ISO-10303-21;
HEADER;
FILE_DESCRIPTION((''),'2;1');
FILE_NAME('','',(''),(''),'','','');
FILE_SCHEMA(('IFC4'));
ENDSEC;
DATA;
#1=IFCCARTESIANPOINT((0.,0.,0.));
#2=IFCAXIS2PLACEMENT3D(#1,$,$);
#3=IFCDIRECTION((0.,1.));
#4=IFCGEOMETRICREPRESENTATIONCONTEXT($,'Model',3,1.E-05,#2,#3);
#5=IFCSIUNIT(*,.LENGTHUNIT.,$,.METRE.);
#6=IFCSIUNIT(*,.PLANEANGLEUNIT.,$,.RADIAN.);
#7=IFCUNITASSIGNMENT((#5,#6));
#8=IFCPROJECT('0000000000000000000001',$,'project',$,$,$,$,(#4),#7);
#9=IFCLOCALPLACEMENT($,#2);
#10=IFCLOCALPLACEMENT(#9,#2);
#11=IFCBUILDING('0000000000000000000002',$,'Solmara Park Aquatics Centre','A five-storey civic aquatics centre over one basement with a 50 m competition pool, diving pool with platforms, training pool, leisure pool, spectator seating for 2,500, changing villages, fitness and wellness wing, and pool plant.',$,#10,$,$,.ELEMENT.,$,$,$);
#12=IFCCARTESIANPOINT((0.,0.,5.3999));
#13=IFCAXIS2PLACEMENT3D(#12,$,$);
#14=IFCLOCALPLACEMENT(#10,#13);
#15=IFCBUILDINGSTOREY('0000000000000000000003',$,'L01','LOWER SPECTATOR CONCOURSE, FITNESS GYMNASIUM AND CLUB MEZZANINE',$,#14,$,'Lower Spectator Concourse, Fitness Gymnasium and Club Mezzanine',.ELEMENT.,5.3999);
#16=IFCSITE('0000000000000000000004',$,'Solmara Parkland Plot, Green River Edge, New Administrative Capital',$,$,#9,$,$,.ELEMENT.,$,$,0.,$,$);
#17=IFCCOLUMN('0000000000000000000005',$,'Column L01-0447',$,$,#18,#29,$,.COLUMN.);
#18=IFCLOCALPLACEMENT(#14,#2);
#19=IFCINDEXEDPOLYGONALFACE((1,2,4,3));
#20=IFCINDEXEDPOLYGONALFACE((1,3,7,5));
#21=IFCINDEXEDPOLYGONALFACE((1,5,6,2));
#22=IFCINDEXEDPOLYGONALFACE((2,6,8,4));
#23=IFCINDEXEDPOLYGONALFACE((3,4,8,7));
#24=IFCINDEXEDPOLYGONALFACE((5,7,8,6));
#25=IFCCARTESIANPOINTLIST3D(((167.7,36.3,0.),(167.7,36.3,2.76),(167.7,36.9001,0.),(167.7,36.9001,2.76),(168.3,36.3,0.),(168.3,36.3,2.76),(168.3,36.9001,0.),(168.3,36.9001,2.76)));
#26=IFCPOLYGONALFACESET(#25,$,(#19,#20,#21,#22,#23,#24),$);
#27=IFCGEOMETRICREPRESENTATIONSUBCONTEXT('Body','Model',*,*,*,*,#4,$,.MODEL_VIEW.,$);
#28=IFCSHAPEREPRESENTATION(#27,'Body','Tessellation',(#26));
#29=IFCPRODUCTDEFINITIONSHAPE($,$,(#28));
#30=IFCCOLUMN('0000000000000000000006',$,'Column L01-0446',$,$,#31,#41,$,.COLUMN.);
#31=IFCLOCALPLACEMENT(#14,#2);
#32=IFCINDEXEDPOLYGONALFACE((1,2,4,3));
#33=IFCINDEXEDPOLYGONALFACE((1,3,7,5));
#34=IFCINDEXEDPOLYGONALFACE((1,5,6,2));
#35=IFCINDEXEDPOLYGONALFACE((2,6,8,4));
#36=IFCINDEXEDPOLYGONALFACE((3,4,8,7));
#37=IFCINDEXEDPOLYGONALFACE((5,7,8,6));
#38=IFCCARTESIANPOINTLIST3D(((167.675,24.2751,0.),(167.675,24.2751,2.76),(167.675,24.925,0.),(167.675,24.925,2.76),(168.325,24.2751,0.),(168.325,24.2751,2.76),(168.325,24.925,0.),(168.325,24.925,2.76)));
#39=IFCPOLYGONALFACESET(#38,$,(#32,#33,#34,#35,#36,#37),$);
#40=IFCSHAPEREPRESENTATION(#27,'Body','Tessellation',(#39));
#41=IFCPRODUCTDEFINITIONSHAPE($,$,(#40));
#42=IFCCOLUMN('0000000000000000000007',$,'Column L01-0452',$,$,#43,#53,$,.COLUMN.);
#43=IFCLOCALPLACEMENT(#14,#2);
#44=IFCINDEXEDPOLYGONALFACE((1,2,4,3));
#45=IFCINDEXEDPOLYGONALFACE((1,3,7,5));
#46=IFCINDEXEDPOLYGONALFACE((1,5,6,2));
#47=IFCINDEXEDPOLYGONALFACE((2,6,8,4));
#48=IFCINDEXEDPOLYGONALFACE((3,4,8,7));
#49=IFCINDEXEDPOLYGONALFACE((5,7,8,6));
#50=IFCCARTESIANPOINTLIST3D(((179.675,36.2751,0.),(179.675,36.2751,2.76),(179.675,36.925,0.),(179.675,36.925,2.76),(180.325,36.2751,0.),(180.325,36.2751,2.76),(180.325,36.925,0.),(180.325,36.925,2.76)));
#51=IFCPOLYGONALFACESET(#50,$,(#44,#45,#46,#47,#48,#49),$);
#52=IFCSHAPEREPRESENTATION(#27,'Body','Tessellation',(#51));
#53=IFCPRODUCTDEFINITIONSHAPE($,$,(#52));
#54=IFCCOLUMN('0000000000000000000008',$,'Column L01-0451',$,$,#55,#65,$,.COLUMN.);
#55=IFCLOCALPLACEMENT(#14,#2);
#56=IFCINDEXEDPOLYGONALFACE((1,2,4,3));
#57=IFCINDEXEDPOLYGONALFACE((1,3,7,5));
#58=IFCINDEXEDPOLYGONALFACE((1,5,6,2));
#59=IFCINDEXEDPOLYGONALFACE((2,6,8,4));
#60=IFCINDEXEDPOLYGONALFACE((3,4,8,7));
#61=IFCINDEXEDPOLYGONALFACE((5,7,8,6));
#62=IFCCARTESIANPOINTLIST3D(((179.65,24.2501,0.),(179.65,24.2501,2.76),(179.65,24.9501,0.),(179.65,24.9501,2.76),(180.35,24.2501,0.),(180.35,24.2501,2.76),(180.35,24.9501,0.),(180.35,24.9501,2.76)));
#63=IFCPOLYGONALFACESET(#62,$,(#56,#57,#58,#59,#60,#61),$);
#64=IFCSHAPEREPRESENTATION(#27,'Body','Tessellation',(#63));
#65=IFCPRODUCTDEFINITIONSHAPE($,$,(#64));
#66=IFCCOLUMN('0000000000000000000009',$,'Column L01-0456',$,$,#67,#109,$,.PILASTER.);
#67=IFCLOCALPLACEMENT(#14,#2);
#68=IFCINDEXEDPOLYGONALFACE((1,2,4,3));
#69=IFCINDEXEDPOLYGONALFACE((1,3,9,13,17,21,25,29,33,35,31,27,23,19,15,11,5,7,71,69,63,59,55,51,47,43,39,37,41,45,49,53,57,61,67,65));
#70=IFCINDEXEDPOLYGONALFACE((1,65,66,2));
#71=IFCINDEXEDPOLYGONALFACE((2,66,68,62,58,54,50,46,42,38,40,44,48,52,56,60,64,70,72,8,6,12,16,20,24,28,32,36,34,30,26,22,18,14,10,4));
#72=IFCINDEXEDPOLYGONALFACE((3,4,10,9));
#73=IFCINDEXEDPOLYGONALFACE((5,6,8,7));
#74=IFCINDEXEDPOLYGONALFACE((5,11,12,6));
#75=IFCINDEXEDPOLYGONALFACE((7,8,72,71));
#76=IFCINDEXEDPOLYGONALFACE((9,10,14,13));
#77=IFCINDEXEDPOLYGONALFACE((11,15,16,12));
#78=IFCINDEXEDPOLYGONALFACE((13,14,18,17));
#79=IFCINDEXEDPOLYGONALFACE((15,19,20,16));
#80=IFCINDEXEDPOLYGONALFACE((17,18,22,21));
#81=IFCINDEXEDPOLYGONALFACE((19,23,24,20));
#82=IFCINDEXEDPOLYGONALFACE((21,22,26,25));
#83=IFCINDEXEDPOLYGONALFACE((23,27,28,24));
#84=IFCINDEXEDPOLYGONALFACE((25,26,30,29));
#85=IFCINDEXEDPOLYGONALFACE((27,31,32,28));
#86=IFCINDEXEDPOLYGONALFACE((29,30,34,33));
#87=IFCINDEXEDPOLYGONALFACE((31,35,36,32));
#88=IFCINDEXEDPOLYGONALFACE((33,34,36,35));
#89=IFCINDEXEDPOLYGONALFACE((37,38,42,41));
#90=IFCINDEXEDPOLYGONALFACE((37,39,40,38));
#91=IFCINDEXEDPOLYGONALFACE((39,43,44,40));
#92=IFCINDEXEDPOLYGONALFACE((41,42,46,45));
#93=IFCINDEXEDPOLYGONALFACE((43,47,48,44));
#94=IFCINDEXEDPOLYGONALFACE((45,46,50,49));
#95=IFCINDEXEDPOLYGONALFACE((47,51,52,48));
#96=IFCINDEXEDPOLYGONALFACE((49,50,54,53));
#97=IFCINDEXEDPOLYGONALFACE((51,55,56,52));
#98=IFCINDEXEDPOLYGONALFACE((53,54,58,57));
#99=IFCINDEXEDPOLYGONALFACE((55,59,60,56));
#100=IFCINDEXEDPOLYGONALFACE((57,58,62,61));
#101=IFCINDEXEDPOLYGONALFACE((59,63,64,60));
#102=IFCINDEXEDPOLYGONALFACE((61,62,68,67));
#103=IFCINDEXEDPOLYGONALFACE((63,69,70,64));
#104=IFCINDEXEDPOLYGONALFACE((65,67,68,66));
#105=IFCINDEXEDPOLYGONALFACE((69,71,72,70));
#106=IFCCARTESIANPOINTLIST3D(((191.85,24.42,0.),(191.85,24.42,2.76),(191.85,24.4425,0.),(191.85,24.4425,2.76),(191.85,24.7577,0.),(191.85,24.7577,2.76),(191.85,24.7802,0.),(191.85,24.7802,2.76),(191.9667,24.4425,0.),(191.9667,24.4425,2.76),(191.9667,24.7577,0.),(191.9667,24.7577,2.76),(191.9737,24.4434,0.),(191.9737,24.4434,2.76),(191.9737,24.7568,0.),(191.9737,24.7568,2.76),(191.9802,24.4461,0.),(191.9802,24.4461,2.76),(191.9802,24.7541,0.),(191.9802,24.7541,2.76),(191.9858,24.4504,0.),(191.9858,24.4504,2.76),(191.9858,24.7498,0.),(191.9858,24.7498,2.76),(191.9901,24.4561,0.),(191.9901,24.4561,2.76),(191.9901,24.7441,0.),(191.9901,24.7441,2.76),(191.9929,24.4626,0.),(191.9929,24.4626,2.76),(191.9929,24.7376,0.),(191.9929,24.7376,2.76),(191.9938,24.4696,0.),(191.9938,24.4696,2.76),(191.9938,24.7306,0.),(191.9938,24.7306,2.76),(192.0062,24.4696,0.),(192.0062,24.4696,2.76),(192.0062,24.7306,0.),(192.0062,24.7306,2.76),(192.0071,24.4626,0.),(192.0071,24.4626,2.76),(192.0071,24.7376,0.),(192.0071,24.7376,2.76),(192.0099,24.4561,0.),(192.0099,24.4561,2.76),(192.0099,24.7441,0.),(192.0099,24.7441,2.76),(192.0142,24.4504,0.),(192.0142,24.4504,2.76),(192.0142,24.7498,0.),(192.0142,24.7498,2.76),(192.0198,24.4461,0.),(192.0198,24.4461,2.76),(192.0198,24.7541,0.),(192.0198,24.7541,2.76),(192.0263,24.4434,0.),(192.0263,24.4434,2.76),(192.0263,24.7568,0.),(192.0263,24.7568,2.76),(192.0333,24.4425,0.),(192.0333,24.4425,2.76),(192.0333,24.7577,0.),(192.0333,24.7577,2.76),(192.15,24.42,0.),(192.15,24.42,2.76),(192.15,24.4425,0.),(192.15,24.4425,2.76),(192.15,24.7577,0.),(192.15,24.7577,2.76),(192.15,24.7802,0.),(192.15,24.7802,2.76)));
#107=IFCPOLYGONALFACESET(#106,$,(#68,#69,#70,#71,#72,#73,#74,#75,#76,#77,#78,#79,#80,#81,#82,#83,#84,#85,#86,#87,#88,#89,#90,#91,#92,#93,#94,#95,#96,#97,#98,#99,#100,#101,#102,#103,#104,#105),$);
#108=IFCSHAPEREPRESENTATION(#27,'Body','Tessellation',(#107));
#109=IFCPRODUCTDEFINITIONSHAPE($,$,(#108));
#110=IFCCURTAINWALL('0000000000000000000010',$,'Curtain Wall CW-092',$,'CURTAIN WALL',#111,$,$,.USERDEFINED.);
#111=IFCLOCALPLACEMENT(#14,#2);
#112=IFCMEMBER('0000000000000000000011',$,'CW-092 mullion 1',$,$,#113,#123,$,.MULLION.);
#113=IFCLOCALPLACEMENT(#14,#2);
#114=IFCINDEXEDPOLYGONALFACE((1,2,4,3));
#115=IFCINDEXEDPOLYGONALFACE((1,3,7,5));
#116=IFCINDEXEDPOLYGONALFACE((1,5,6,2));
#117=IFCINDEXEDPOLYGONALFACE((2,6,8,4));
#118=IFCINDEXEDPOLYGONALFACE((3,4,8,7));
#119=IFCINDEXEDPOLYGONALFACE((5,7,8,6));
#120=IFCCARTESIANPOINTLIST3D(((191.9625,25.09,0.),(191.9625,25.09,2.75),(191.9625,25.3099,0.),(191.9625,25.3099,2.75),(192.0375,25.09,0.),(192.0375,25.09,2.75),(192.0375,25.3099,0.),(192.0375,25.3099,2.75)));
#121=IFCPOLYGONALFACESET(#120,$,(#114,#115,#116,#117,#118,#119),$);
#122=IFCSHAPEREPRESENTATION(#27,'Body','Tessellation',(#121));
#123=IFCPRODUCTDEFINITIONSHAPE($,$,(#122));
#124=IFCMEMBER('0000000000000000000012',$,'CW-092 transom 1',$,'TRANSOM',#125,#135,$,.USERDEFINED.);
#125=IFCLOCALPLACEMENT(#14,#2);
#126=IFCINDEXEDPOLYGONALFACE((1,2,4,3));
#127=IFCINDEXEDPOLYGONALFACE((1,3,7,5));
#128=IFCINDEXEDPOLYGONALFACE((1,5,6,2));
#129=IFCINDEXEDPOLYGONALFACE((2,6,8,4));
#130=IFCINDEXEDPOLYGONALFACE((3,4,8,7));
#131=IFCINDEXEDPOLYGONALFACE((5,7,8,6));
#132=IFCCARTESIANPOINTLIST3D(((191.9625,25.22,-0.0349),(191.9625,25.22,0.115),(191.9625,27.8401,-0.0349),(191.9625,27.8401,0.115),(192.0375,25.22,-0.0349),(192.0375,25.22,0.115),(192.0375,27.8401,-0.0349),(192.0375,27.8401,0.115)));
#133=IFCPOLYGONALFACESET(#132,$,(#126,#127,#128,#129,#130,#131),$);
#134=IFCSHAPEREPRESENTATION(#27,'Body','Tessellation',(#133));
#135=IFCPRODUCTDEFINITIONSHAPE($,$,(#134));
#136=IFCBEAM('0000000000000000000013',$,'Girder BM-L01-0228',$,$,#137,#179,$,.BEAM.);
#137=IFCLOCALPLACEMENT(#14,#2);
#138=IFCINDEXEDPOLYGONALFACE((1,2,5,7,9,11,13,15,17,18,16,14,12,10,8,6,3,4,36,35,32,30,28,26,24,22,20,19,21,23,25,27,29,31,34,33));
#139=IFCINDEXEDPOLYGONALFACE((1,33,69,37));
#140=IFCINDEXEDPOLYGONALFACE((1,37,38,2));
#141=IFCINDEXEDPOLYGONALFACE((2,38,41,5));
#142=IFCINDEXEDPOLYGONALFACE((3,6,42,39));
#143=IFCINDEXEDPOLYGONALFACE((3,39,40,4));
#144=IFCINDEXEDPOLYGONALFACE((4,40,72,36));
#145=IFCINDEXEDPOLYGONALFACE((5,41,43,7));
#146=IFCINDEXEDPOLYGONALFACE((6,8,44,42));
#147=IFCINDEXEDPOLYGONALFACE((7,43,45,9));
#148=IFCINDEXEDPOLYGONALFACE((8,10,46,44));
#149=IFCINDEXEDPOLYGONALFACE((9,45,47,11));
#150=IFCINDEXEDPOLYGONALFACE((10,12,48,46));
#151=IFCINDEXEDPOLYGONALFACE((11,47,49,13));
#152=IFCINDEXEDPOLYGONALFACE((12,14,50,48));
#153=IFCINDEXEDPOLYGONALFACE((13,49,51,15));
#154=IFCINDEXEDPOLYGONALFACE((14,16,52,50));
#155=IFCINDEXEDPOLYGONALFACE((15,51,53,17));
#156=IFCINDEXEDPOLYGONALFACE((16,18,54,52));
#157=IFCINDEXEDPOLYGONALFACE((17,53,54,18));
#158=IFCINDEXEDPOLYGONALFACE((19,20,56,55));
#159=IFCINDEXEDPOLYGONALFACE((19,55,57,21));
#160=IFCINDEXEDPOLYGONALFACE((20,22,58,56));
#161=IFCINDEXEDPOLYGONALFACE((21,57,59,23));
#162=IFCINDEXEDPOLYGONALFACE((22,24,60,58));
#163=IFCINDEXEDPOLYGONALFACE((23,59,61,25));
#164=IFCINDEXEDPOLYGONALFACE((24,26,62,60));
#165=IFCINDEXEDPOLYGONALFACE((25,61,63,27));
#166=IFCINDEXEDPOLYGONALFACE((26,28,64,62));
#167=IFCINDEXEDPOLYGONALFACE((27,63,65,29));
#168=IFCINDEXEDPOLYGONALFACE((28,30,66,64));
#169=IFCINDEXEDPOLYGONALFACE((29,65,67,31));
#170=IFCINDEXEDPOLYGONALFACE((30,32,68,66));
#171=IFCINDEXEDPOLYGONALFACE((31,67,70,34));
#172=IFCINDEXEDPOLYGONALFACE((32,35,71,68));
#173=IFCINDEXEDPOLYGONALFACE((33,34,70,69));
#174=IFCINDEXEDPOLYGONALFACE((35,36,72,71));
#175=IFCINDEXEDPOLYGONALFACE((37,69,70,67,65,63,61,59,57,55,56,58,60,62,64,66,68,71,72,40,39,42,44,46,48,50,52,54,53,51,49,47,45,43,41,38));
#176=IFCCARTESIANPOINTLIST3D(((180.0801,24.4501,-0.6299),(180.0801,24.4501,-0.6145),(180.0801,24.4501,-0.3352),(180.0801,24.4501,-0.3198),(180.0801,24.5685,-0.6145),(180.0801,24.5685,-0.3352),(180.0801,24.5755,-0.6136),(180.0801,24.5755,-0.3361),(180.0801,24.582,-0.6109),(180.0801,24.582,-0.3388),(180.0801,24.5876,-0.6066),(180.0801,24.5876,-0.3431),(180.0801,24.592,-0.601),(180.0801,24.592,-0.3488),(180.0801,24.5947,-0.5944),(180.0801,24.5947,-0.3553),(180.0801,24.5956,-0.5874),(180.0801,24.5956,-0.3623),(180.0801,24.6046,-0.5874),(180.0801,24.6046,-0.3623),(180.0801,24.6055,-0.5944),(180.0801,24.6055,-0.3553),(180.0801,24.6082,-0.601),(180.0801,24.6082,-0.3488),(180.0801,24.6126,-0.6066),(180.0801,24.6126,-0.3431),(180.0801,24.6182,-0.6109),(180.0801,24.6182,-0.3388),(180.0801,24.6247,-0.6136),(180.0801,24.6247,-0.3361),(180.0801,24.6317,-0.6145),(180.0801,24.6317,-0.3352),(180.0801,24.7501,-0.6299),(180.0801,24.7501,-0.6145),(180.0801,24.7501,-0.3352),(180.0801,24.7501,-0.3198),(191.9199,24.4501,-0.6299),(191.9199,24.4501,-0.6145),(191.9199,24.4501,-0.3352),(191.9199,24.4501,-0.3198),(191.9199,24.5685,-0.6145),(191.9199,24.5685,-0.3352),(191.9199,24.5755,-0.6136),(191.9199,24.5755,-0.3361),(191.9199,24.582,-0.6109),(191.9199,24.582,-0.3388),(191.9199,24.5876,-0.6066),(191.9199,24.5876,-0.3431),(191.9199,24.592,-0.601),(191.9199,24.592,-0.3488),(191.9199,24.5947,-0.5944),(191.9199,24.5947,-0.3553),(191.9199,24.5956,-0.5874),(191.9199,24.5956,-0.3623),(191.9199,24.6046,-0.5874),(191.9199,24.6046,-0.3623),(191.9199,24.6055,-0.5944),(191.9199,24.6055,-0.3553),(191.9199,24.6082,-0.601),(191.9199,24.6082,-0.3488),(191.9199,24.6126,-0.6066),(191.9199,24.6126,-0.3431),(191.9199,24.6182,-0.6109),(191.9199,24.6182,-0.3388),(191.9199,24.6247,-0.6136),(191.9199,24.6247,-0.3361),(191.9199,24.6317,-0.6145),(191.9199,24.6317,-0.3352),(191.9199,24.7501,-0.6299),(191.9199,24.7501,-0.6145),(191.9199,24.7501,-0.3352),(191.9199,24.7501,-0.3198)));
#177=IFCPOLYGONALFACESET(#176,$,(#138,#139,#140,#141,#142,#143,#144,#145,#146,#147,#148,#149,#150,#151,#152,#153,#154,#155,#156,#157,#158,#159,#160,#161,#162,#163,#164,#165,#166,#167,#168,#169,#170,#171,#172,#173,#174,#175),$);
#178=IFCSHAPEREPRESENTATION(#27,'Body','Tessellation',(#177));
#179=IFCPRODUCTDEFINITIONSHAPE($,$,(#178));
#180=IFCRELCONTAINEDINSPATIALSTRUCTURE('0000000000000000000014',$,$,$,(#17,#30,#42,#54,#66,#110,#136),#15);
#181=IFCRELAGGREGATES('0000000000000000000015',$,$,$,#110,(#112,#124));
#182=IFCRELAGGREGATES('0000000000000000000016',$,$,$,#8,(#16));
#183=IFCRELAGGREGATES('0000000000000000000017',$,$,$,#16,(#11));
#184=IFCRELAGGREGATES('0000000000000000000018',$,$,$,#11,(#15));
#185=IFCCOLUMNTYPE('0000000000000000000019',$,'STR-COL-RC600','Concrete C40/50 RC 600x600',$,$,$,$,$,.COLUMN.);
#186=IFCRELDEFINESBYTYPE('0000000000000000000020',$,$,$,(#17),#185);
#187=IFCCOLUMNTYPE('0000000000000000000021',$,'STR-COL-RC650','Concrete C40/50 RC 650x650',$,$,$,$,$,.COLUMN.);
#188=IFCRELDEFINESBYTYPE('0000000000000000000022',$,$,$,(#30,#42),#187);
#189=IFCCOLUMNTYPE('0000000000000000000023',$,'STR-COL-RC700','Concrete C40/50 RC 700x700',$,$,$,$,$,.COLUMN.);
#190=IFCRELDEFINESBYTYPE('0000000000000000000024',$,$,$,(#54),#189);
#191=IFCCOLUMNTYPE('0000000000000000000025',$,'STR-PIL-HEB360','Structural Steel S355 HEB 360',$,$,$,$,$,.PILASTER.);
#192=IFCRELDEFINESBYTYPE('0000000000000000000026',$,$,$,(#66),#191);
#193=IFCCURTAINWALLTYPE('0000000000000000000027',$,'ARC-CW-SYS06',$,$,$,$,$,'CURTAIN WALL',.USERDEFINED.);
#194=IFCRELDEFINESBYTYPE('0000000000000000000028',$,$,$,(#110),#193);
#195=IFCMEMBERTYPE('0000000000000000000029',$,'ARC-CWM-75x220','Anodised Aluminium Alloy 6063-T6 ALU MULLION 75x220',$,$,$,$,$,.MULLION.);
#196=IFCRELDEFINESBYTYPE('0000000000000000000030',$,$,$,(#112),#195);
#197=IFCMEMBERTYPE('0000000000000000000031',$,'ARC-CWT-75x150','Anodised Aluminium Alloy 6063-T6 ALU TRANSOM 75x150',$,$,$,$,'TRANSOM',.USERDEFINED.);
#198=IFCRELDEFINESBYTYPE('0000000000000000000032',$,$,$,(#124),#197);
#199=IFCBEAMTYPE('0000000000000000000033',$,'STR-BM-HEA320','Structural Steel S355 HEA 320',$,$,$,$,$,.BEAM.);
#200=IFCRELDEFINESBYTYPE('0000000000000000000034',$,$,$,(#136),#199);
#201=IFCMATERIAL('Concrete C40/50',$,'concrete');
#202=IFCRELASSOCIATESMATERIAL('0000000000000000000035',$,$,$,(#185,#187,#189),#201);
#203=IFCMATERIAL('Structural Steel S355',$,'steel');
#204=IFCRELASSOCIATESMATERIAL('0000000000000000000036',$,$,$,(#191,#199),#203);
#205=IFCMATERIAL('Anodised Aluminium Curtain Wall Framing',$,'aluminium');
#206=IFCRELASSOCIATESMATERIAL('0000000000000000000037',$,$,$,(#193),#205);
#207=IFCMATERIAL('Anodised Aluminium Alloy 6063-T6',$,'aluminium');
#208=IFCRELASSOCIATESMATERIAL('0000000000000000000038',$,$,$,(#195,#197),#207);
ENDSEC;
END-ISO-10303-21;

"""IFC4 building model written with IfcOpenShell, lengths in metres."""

from ifc_helpers import new_model, si_unit, direction, frame, origin, origin_2d, place, context, subcontext, project, spatial, rectangle, i_section, extrude, material, material_profile, profile_set, type_object, element, aggregate, save


model = new_model("IFC4")

# Units and contexts
model_context = context("Model", 3, precision=1e-05, world=origin(), true_north=direction((0.0, 1.0)))
body_context = subcontext(model_context, "Body", "Model", "MODEL_VIEW")
ifc_project = project(units=[si_unit("LENGTHUNIT", "METRE"), si_unit("PLANEANGLEUNIT", "RADIAN")], contexts=[model_context])

# Site, building, storey
site_placement = place(None, origin())
site = spatial("IfcSite", under=ifc_project, at=site_placement, Name="Solmara Parkland Plot, Green River Edge, New Administrative Capital", CompositionType="ELEMENT", RefElevation=0.0)
building_placement = place(site_placement, origin())
building = spatial("IfcBuilding", under=site, at=building_placement, Name="Solmara Park Aquatics Centre", Description="A five-storey civic aquatics centre over one basement with a 50 m competition pool, diving pool with platforms, training pool, leisure pool, spectator seating for 2,500, changing villages, fitness and wellness wing, and pool plant.", CompositionType="ELEMENT")
storey_placement = place(building_placement, frame((0.0, 0.0, 5.3999)))
storey = spatial("IfcBuildingStorey", under=building, at=storey_placement, Name="L01", Description="LOWER SPECTATOR CONCOURSE, FITNESS GYMNASIUM AND CLUB MEZZANINE", LongName="Lower Spectator Concourse, Fitness Gymnasium and Club Mezzanine", CompositionType="ELEMENT", Elevation=5.3999)

# Columns
ifc_material_1 = material(Name="Concrete C40/50", Category="concrete")
ifc_material_profile_1 = material_profile(ifc_material_1, rectangle(XDim=0.6001, YDim=0.6001, at=origin_2d()), Name="RC 600x600")
ifc_profile_set_1 = profile_set([ifc_material_profile_1], Name="Concrete C40/50")
column_type_1 = type_object("IfcColumnType", Name="STR-COL-RC600", Description="Concrete C40/50 RC 600x600", PredefinedType="COLUMN", material=ifc_profile_set_1)
column_1_placement = place(storey_placement, frame((168.0, 36.6001, 0.0), z_axis=(0.0, 0.0, 1.0), x_axis=(1.0, 0.0, 0.0)))
element("IfcColumn", 1, at=column_1_placement, inside=storey, type_object=column_type_1, Name="Column L01-0447", PredefinedType="COLUMN", context=body_context, shape_type="SweptSolid", body=[
    extrude(rectangle(XDim=0.6001, YDim=0.6001, at=origin_2d()), origin(), (0.0, 0.0, 1.0), 2.76),
])
ifc_material_profile_2 = material_profile(ifc_material_1, rectangle(XDim=0.6499, YDim=0.6499, at=origin_2d()), Name="RC 650x650")
ifc_profile_set_2 = profile_set([ifc_material_profile_2], Name="Concrete C40/50")
column_type_2 = type_object("IfcColumnType", Name="STR-COL-RC650", Description="Concrete C40/50 RC 650x650", PredefinedType="COLUMN", material=ifc_profile_set_2)
for number, where, z_axis, x_axis, name in (
    (2, (168.0, 24.6001, 0.0), (0.0, 0.0, 1.0), (1.0, 0.0, 0.0), "Column L01-0446"),
    (3, (180.0, 36.6001, 0.0), (0.0, 0.0, 1.0), (1.0, 0.0, 0.0), "Column L01-0452"),
):
    element("IfcColumn", number, at=place(storey_placement, frame(where, z_axis=z_axis, x_axis=x_axis)), inside=storey, type_object=column_type_2, Name=name, PredefinedType="COLUMN", context=body_context, shape_type="SweptSolid", body=[
        extrude(rectangle(XDim=0.6499, YDim=0.6499, at=origin_2d()), origin(), (0.0, 0.0, 1.0), 2.76),
    ])
ifc_material_profile_3 = material_profile(ifc_material_1, rectangle(XDim=0.7, YDim=0.7, at=origin_2d()), Name="RC 700x700")
ifc_profile_set_3 = profile_set([ifc_material_profile_3], Name="Concrete C40/50")
column_type_3 = type_object("IfcColumnType", Name="STR-COL-RC700", Description="Concrete C40/50 RC 700x700", PredefinedType="COLUMN", material=ifc_profile_set_3)
column_2_placement = place(storey_placement, frame((180.0, 24.6001, 0.0), z_axis=(0.0, 0.0, 1.0), x_axis=(1.0, 0.0, 0.0)))
element("IfcColumn", 4, at=column_2_placement, inside=storey, type_object=column_type_3, Name="Column L01-0451", PredefinedType="COLUMN", context=body_context, shape_type="SweptSolid", body=[
    extrude(rectangle(XDim=0.7, YDim=0.7, at=origin_2d()), origin(), (0.0, 0.0, 1.0), 2.76),
])
ifc_material_2 = material(Name="Structural Steel S355", Category="steel")
ifc_material_profile_4 = material_profile(ifc_material_2, i_section(OverallWidth=0.3, OverallDepth=0.3601, WebThickness=0.0125, FlangeThickness=0.0225, FilletRadius=0.0271, at=origin_2d()), Name="HEB 360")
ifc_profile_set_4 = profile_set([ifc_material_profile_4], Name="Structural Steel S355")
column_type_4 = type_object("IfcColumnType", Name="STR-PIL-HEB360", Description="Structural Steel S355 HEB 360", PredefinedType="PILASTER", material=ifc_profile_set_4)
column_3_placement = place(storey_placement, frame((192.0, 24.6001, 0.0), z_axis=(0.0, 0.0, 1.0), x_axis=(1.0, 0.0, 0.0)))
element("IfcColumn", 5, at=column_3_placement, inside=storey, type_object=column_type_4, Name="Column L01-0456", PredefinedType="PILASTER", context=body_context, shape_type="SweptSolid", body=[
    extrude(i_section(OverallWidth=0.3, OverallDepth=0.3601, WebThickness=0.0125, FlangeThickness=0.0225, FilletRadius=0.0271, at=origin_2d()), origin(), (0.0, 0.0, 1.0), 2.76),
])

# Curtain wall, members
ifc_material_3 = material(Name="Anodised Aluminium Curtain Wall Framing", Category="aluminium")
curtain_wall_type_1 = type_object("IfcCurtainWallType", Name="ARC-CW-SYS06", ElementType="CURTAIN WALL", PredefinedType="USERDEFINED", material=ifc_material_3)
curtain_wall_1_placement = place(storey_placement, origin())
curtain_wall_1 = element("IfcCurtainWall", 6, at=curtain_wall_1_placement, inside=storey, type_object=curtain_wall_type_1, Name="Curtain Wall CW-092", ObjectType="CURTAIN WALL", PredefinedType="USERDEFINED")
ifc_material_4 = material(Name="Anodised Aluminium Alloy 6063-T6", Category="aluminium")
ifc_material_profile_5 = material_profile(ifc_material_4, rectangle(XDim=0.075, YDim=0.22, at=origin_2d()), Name="ALU MULLION 75x220")
ifc_profile_set_5 = profile_set([ifc_material_profile_5], Name="Anodised Aluminium Alloy 6063-T6")
member_type_1 = type_object("IfcMemberType", Name="ARC-CWM-75x220", Description="Anodised Aluminium Alloy 6063-T6 ALU MULLION 75x220", PredefinedType="MULLION", material=ifc_profile_set_5)
member_1_placement = place(storey_placement, frame((192.0, 25.2, 0.0), z_axis=(0.0, 0.0, 1.0), x_axis=(1.0, 0.0, 0.0)))
member_1 = element("IfcMember", 7, at=member_1_placement, type_object=member_type_1, Name="CW-092 mullion 1", PredefinedType="MULLION", context=body_context, shape_type="SweptSolid", body=[
    extrude(rectangle(XDim=0.075, YDim=0.22, at=origin_2d()), origin(), (0.0, 0.0, 1.0), 2.75),
])
ifc_material_profile_6 = material_profile(ifc_material_4, rectangle(XDim=0.075, YDim=0.1499, at=origin_2d()), Name="ALU TRANSOM 75x150")
ifc_profile_set_6 = profile_set([ifc_material_profile_6], Name="Anodised Aluminium Alloy 6063-T6")
member_type_2 = type_object("IfcMemberType", Name="ARC-CWT-75x150", Description="Anodised Aluminium Alloy 6063-T6 ALU TRANSOM 75x150", ElementType="TRANSOM", PredefinedType="USERDEFINED", material=ifc_profile_set_6)
member_2_placement = place(storey_placement, frame((192.0, 25.22, 0.04), z_axis=(0.0, 1.0, 0.0), x_axis=(-1.0, 0.0, 0.0)))
member_2 = element("IfcMember", 8, at=member_2_placement, type_object=member_type_2, Name="CW-092 transom 1", ObjectType="TRANSOM", PredefinedType="USERDEFINED", context=body_context, shape_type="SweptSolid", body=[
    extrude(rectangle(XDim=0.075, YDim=0.1499, at=origin_2d()), origin(), (0.0, 0.0, 1.0), 2.6201),
])
aggregate(curtain_wall_1, [member_1, member_2])

# Beam
ifc_material_profile_7 = material_profile(ifc_material_2, i_section(OverallWidth=0.3, OverallDepth=0.3101, WebThickness=0.009, FlangeThickness=0.0154, FilletRadius=0.0271, at=origin_2d()), Name="HEA 320")
ifc_profile_set_7 = profile_set([ifc_material_profile_7], Name="Structural Steel S355")
beam_type_1 = type_object("IfcBeamType", Name="STR-BM-HEA320", Description="Structural Steel S355 HEA 320", PredefinedType="BEAM", material=ifc_profile_set_7)
beam_1_placement = place(storey_placement, frame((180.0801, 24.6001, -0.4749), z_axis=(1.0, 0.0, 0.0), x_axis=(0.0, 1.0, 0.0)))
element("IfcBeam", 9, at=beam_1_placement, inside=storey, type_object=beam_type_1, Name="Girder BM-L01-0228", PredefinedType="BEAM", context=body_context, shape_type="SweptSolid", body=[
    extrude(i_section(OverallWidth=0.3, OverallDepth=0.3101, WebThickness=0.009, FlangeThickness=0.0154, FilletRadius=0.0271, at=origin_2d()), origin(), (0.0, 0.0, 1.0), 11.8398),
])

save(model, "model.ifc")
